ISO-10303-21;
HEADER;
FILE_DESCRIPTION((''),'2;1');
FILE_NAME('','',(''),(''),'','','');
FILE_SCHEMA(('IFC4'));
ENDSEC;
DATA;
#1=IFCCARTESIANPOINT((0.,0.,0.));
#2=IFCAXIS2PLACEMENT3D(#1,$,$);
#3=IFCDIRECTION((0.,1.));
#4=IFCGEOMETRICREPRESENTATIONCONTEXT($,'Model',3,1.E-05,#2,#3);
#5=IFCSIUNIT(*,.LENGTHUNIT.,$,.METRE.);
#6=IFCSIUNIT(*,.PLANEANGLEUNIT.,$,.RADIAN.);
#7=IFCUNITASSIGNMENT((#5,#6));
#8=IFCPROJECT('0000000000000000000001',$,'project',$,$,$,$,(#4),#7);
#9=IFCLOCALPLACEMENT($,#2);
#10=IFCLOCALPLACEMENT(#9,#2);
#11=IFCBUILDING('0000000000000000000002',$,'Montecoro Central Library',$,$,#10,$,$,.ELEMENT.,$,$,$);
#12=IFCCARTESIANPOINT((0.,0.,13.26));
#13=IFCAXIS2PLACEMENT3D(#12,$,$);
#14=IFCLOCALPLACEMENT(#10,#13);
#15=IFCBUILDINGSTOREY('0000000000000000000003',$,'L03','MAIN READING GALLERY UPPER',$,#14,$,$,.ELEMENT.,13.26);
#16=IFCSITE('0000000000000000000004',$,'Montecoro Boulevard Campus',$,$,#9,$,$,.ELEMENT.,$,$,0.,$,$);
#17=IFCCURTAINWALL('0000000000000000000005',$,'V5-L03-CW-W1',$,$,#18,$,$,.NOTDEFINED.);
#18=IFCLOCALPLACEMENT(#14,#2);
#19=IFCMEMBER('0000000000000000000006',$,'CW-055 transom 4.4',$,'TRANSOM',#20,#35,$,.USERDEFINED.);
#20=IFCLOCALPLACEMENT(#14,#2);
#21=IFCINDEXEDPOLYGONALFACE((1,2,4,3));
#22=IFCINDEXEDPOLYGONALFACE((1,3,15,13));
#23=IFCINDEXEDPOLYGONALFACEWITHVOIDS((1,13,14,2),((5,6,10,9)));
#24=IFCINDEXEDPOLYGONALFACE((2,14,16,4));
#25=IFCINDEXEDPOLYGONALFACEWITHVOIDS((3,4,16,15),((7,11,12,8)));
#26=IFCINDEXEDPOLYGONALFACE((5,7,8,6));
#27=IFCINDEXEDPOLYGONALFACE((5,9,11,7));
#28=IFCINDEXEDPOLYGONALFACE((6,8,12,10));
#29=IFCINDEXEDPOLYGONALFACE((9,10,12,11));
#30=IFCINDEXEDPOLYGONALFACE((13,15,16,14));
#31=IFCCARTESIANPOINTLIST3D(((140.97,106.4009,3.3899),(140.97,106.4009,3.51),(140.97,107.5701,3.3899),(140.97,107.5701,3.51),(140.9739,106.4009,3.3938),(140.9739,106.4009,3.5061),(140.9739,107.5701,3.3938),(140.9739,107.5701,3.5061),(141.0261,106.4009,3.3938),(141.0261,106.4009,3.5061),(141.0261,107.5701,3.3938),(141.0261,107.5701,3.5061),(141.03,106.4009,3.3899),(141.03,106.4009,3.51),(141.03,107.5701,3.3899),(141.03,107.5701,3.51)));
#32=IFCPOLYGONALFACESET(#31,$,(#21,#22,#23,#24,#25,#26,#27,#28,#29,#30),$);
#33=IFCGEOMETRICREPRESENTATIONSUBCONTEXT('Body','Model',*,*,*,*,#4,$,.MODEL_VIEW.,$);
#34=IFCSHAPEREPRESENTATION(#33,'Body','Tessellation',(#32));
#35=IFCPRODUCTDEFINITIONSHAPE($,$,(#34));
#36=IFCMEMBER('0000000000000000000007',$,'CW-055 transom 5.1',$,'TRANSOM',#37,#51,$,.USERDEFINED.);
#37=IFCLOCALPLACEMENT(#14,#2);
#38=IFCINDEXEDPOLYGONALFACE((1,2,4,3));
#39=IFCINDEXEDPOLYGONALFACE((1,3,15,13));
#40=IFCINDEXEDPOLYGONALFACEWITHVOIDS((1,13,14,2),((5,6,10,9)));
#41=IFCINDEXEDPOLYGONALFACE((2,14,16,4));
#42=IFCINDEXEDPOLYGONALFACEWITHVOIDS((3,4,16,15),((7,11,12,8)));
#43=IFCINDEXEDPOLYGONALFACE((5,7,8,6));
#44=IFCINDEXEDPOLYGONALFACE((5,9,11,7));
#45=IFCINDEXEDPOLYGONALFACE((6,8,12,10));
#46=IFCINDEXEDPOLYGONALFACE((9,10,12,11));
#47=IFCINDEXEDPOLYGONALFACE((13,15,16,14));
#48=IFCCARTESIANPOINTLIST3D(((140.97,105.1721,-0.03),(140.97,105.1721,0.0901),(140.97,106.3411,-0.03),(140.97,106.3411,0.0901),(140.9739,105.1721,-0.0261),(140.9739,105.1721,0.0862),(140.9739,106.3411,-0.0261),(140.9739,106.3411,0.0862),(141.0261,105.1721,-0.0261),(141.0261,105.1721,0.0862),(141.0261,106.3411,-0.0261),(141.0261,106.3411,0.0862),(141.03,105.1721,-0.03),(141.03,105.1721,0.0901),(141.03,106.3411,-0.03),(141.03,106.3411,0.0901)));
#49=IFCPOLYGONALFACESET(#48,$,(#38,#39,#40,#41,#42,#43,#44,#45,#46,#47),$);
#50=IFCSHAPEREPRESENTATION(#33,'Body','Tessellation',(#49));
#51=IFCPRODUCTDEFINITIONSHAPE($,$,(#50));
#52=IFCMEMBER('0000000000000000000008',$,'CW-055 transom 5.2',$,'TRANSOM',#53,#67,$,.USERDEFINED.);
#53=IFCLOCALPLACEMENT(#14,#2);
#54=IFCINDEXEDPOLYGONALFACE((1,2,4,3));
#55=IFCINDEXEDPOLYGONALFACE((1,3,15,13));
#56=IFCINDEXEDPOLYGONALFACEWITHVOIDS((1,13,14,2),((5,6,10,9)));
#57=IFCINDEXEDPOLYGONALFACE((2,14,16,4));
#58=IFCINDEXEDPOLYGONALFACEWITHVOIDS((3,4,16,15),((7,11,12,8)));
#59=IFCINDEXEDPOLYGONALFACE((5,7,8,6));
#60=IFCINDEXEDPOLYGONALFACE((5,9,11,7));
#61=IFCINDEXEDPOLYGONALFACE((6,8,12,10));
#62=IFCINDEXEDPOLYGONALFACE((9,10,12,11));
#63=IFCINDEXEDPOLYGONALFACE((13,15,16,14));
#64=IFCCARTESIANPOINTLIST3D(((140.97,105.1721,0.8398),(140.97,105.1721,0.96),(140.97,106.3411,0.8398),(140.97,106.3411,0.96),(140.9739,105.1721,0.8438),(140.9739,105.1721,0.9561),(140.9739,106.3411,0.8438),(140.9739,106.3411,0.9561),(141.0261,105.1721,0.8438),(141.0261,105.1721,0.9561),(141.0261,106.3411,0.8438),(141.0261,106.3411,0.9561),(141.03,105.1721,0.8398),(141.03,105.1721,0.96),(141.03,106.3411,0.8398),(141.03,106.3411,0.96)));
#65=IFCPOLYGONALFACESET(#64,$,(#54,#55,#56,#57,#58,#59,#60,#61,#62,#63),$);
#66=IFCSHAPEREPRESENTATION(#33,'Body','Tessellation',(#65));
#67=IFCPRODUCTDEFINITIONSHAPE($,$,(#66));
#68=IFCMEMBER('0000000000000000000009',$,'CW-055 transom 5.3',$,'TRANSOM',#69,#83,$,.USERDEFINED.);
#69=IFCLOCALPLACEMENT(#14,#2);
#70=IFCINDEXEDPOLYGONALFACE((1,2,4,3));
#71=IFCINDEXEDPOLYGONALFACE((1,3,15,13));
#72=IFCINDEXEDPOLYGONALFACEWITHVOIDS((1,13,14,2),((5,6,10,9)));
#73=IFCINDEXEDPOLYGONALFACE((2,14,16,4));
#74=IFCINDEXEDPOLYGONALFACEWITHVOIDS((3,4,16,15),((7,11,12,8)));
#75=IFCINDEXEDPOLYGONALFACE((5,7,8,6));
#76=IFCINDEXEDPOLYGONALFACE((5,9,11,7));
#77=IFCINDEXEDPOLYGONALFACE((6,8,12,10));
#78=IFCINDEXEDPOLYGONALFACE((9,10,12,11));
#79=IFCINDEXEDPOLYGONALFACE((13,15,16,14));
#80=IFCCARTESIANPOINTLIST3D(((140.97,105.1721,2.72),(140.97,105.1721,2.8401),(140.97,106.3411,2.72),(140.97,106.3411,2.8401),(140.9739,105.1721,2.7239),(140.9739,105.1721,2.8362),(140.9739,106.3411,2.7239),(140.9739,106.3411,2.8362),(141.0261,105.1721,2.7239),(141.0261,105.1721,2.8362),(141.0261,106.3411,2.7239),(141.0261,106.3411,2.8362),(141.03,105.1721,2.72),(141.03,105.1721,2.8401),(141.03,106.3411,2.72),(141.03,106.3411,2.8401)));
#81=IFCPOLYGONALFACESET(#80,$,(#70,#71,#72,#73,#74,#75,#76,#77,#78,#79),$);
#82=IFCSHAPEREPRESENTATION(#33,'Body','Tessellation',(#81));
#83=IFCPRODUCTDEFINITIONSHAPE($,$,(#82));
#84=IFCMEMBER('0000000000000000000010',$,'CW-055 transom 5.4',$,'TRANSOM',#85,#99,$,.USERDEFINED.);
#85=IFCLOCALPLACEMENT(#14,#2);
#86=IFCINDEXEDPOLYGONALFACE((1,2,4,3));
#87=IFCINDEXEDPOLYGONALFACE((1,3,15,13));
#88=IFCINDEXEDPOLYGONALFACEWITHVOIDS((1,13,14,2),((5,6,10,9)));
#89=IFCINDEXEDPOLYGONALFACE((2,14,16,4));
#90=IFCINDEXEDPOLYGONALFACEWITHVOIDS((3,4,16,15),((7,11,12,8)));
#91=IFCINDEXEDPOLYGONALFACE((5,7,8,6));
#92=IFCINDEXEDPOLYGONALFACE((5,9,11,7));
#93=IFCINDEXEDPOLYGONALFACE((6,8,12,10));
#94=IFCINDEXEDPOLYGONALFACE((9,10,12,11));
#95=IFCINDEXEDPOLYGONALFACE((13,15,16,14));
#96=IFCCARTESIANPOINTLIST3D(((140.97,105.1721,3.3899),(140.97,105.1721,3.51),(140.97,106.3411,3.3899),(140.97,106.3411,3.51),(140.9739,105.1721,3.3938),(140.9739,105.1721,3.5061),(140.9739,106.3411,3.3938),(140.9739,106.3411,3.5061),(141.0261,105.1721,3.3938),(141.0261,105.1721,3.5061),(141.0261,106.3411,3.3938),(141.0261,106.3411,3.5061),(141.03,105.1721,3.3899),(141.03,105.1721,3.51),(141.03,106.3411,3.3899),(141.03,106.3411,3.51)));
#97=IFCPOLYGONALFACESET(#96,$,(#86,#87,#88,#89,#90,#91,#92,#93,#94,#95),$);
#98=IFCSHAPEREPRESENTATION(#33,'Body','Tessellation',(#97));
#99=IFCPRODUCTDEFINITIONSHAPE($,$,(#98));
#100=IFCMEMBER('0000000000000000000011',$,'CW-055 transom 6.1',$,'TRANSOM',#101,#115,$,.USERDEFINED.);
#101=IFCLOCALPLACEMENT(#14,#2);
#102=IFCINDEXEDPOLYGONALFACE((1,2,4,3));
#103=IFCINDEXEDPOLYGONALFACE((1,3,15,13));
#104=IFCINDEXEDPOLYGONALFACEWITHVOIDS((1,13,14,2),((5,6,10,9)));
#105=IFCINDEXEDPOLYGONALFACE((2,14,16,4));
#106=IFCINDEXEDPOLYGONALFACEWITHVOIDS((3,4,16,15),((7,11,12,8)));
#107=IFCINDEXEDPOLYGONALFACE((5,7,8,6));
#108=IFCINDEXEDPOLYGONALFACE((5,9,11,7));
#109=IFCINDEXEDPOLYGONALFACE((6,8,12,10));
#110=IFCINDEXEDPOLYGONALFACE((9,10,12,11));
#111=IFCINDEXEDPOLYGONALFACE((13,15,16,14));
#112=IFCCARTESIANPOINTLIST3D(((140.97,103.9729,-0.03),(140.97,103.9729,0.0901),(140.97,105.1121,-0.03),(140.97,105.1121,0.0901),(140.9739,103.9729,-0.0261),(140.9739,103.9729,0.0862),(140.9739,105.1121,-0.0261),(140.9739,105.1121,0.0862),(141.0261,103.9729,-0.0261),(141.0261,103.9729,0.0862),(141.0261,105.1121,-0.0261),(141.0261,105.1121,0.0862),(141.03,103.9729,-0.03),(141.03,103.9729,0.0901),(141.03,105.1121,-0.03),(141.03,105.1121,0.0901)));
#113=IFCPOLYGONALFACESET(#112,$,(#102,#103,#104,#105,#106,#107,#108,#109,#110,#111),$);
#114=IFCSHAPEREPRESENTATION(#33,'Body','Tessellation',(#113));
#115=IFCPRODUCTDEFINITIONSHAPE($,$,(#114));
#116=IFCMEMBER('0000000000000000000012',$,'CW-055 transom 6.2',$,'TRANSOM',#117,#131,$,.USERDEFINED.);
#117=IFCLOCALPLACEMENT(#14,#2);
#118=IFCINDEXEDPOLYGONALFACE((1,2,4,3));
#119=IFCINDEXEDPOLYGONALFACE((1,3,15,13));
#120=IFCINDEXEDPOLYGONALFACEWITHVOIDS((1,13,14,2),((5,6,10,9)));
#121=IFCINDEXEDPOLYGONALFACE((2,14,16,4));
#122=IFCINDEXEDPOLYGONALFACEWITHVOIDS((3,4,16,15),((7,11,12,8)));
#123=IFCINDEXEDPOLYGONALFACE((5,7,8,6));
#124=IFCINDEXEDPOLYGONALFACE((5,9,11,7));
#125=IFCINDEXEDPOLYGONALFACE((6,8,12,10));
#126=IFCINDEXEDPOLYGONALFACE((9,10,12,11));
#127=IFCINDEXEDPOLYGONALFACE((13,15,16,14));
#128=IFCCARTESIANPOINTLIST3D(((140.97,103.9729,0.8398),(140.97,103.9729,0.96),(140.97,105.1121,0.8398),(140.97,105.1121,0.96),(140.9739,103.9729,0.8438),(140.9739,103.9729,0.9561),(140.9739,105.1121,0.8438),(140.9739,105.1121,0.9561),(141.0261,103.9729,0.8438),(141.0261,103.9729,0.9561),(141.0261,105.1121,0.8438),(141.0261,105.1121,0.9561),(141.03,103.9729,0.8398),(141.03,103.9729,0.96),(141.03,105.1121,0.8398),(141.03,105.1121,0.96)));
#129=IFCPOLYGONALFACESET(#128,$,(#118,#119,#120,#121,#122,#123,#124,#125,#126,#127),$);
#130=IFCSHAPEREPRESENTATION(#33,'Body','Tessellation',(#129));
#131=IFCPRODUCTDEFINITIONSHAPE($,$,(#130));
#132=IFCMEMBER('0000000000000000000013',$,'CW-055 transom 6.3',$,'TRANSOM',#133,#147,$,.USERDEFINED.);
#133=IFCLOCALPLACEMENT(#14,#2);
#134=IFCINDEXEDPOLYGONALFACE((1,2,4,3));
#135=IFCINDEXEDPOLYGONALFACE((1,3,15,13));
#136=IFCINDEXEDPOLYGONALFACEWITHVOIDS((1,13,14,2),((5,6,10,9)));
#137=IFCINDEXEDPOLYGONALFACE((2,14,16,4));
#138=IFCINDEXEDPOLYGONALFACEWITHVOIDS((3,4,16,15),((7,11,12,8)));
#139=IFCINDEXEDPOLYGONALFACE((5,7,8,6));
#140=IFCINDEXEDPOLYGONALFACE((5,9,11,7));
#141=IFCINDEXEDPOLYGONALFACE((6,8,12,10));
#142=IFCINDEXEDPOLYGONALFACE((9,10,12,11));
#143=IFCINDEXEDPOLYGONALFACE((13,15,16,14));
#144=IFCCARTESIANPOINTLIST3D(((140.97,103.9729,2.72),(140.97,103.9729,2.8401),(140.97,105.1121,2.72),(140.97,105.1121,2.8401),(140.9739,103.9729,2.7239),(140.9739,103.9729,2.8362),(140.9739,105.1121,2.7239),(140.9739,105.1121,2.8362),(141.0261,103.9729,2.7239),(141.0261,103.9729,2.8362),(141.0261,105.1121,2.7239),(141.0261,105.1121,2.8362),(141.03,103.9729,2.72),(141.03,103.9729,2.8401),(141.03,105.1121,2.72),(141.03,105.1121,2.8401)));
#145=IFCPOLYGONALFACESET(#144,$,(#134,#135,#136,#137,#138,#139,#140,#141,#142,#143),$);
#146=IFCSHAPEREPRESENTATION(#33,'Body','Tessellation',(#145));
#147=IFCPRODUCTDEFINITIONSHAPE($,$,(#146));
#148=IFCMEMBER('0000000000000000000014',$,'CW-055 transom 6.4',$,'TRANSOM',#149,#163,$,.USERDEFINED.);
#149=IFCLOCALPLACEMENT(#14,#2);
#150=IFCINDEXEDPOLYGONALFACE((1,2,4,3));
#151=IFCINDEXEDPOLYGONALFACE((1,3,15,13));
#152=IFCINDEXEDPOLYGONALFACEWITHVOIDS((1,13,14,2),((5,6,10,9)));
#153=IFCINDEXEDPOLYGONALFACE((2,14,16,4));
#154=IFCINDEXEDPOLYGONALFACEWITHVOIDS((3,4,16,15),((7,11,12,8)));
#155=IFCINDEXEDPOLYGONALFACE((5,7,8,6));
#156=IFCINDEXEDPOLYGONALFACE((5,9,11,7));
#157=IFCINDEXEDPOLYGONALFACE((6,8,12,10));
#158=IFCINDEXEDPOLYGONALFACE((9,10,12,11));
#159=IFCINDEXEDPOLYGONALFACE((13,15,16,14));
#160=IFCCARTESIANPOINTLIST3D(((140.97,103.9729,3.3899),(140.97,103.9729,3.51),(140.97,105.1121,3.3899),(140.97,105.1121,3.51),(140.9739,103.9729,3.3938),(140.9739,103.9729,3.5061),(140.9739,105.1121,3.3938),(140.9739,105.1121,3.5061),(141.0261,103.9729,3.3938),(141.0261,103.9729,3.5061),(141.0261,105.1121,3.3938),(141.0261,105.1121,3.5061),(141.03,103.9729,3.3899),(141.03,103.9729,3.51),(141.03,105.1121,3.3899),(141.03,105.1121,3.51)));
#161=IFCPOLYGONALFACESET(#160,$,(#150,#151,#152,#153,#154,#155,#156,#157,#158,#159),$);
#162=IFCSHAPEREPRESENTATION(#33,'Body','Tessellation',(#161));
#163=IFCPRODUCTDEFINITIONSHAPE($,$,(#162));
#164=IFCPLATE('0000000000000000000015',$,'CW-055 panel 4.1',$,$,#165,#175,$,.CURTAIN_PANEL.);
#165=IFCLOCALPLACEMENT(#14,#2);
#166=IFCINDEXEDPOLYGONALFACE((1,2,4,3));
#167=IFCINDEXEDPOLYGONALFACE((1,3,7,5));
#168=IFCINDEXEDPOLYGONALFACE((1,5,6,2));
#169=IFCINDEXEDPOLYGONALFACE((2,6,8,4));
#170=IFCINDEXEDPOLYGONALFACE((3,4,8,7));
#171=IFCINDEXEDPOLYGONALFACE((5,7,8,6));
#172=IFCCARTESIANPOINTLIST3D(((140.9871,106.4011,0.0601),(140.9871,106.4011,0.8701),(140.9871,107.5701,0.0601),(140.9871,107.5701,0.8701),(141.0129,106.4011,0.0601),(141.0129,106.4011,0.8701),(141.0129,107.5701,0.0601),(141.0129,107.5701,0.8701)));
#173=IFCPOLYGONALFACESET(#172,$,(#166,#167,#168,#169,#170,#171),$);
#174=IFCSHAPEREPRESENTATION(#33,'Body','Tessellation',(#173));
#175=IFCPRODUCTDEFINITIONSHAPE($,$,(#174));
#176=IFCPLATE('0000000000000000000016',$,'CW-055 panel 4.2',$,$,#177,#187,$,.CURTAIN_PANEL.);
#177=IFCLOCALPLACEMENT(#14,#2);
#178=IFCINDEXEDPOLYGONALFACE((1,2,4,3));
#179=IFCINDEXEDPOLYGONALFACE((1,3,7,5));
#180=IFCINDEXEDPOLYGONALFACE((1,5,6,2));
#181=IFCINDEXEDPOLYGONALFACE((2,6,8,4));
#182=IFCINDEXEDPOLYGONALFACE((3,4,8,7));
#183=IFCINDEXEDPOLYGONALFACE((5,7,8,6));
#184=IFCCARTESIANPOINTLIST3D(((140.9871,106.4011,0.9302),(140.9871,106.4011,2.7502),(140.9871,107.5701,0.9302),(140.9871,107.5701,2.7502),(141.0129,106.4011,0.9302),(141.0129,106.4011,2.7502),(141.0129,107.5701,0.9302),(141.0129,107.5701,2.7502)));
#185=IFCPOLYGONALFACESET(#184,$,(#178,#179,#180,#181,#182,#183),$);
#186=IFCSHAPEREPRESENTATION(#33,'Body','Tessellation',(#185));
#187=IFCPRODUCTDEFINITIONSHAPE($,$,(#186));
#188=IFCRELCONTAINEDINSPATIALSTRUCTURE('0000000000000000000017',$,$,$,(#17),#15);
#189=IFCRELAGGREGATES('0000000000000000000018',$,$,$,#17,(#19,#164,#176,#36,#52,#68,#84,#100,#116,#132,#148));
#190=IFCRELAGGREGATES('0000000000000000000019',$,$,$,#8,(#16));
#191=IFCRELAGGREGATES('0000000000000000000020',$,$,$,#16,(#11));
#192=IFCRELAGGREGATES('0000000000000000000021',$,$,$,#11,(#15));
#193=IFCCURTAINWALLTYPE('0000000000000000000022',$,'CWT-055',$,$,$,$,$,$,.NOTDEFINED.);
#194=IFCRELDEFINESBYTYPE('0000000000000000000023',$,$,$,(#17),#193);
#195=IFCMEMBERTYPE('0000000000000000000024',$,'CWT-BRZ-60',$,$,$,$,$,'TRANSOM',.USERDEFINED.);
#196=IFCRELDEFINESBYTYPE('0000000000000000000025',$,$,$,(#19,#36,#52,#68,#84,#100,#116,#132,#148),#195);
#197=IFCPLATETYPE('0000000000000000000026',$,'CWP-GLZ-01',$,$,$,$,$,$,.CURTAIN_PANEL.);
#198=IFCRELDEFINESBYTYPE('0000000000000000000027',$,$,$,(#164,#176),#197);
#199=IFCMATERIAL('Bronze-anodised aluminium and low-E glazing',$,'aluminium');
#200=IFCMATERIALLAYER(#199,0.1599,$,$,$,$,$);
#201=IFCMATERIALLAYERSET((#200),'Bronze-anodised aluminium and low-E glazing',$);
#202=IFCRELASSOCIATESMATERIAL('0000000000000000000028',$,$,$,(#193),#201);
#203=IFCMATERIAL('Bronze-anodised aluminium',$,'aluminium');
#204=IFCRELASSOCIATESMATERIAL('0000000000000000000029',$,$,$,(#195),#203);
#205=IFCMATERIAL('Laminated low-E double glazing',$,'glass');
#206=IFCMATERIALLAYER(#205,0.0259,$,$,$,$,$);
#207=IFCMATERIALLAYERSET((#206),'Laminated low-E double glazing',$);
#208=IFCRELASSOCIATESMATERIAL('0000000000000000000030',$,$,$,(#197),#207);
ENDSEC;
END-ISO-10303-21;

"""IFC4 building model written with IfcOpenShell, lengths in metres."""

from ifc_helpers import new_model, si_unit, direction, frame, origin, origin_2d, place, context, subcontext, project, spatial, rectangle, hollow_rectangle, extrude, material, layer, layer_set, material_profile, profile_set, type_object, element, aggregate, save


model = new_model("IFC4")

# Units and contexts
model_context = context("Model", 3, precision=1e-05, world=origin(), true_north=direction((0.0, 1.0)))
body_context = subcontext(model_context, "Body", "Model", "MODEL_VIEW")
ifc_project = project(units=[si_unit("LENGTHUNIT", "METRE"), si_unit("PLANEANGLEUNIT", "RADIAN")], contexts=[model_context])

# Site, building, storey
site_placement = place(None, origin())
site = spatial("IfcSite", under=ifc_project, at=site_placement, Name="Montecoro Boulevard Campus", CompositionType="ELEMENT", RefElevation=0.0)
building_placement = place(site_placement, origin())
building = spatial("IfcBuilding", under=site, at=building_placement, Name="Montecoro Central Library", CompositionType="ELEMENT")
storey_placement = place(building_placement, frame((0.0, 0.0, 13.26)))
storey = spatial("IfcBuildingStorey", under=building, at=storey_placement, Name="L03", Description="MAIN READING GALLERY UPPER", CompositionType="ELEMENT", Elevation=13.26)

# Curtain wall, members, plates
ifc_material_1 = material(Name="Bronze-anodised aluminium and low-E glazing", Category="aluminium")
ifc_layer_1 = layer(ifc_material_1, 0.1599)
ifc_layer_set_1 = layer_set([ifc_layer_1], Name="Bronze-anodised aluminium and low-E glazing")
curtain_wall_type = type_object("IfcCurtainWallType", Name="CWT-055", PredefinedType="NOTDEFINED", material=ifc_layer_set_1)
curtain_wall_placement = place(storey_placement, origin())
curtain_wall = element("IfcCurtainWall", 1, at=curtain_wall_placement, inside=storey, type_object=curtain_wall_type, Name="V5-L03-CW-W1", PredefinedType="NOTDEFINED")
ifc_material_2 = material(Name="Bronze-anodised aluminium", Category="aluminium")
ifc_material_profile_1 = material_profile(ifc_material_2, hollow_rectangle(XDim=0.0601, YDim=0.1201, WallThickness=0.0039, at=origin_2d()), Name="CWT 120x60x4.0")
ifc_profile_set_1 = profile_set([ifc_material_profile_1], Name="Bronze-anodised aluminium")
member_type_1 = type_object("IfcMemberType", Name="CWT-BRZ-60", ElementType="TRANSOM", PredefinedType="USERDEFINED", material=ifc_profile_set_1)
member_1_placement = place(storey_placement, frame((141.0, 107.5701, 3.45), z_axis=(0.0, -1.0, 0.0), x_axis=(1.0, 0.0, 0.0)))
member_1 = element("IfcMember", 2, at=member_1_placement, type_object=member_type_1, Name="CW-055 transom 4.4", ObjectType="TRANSOM", PredefinedType="USERDEFINED", context=body_context, shape_type="SweptSolid", body=[
    extrude(hollow_rectangle(XDim=0.0601, YDim=0.1201, WallThickness=0.0039, at=origin_2d()), origin(), (0.0, 0.0, 1.0), 1.1692),
])
member_2_placement = place(storey_placement, frame((141.0, 106.3411, 0.03), z_axis=(0.0, -1.0, 0.0), x_axis=(1.0, 0.0, 0.0)))
member_2 = element("IfcMember", 3, at=member_2_placement, type_object=member_type_1, Name="CW-055 transom 5.1", ObjectType="TRANSOM", PredefinedType="USERDEFINED", context=body_context, shape_type="SweptSolid", body=[
    extrude(hollow_rectangle(XDim=0.0601, YDim=0.1201, WallThickness=0.0039, at=origin_2d()), origin(), (0.0, 0.0, 1.0), 1.1689),
])
member_3_placement = place(storey_placement, frame((141.0, 106.3411, 0.8999), z_axis=(0.0, -1.0, 0.0), x_axis=(1.0, 0.0, 0.0)))
member_3 = element("IfcMember", 4, at=member_3_placement, type_object=member_type_1, Name="CW-055 transom 5.2", ObjectType="TRANSOM", PredefinedType="USERDEFINED", context=body_context, shape_type="SweptSolid", body=[
    extrude(hollow_rectangle(XDim=0.0601, YDim=0.1201, WallThickness=0.0039, at=origin_2d()), origin(), (0.0, 0.0, 1.0), 1.1689),
])
member_4_placement = place(storey_placement, frame((141.0, 106.3411, 2.78), z_axis=(0.0, -1.0, 0.0), x_axis=(1.0, 0.0, 0.0)))
member_4 = element("IfcMember", 5, at=member_4_placement, type_object=member_type_1, Name="CW-055 transom 5.3", ObjectType="TRANSOM", PredefinedType="USERDEFINED", context=body_context, shape_type="SweptSolid", body=[
    extrude(hollow_rectangle(XDim=0.0601, YDim=0.1201, WallThickness=0.0039, at=origin_2d()), origin(), (0.0, 0.0, 1.0), 1.1689),
])
member_5_placement = place(storey_placement, frame((141.0, 106.3411, 3.45), z_axis=(0.0, -1.0, 0.0), x_axis=(1.0, 0.0, 0.0)))
member_5 = element("IfcMember", 6, at=member_5_placement, type_object=member_type_1, Name="CW-055 transom 5.4", ObjectType="TRANSOM", PredefinedType="USERDEFINED", context=body_context, shape_type="SweptSolid", body=[
    extrude(hollow_rectangle(XDim=0.0601, YDim=0.1201, WallThickness=0.0039, at=origin_2d()), origin(), (0.0, 0.0, 1.0), 1.1689),
])
member_6_placement = place(storey_placement, frame((141.0, 105.1121, 0.03), z_axis=(0.0, -1.0, 0.0), x_axis=(1.0, 0.0, 0.0)))
member_6 = element("IfcMember", 7, at=member_6_placement, type_object=member_type_1, Name="CW-055 transom 6.1", ObjectType="TRANSOM", PredefinedType="USERDEFINED", context=body_context, shape_type="SweptSolid", body=[
    extrude(hollow_rectangle(XDim=0.0601, YDim=0.1201, WallThickness=0.0039, at=origin_2d()), origin(), (0.0, 0.0, 1.0), 1.1392),
])
member_7_placement = place(storey_placement, frame((141.0, 105.1121, 0.8999), z_axis=(0.0, -1.0, 0.0), x_axis=(1.0, 0.0, 0.0)))
member_7 = element("IfcMember", 8, at=member_7_placement, type_object=member_type_1, Name="CW-055 transom 6.2", ObjectType="TRANSOM", PredefinedType="USERDEFINED", context=body_context, shape_type="SweptSolid", body=[
    extrude(hollow_rectangle(XDim=0.0601, YDim=0.1201, WallThickness=0.0039, at=origin_2d()), origin(), (0.0, 0.0, 1.0), 1.1392),
])
member_8_placement = place(storey_placement, frame((141.0, 105.1121, 2.78), z_axis=(0.0, -1.0, 0.0), x_axis=(1.0, 0.0, 0.0)))
member_8 = element("IfcMember", 9, at=member_8_placement, type_object=member_type_1, Name="CW-055 transom 6.3", ObjectType="TRANSOM", PredefinedType="USERDEFINED", context=body_context, shape_type="SweptSolid", body=[
    extrude(hollow_rectangle(XDim=0.0601, YDim=0.1201, WallThickness=0.0039, at=origin_2d()), origin(), (0.0, 0.0, 1.0), 1.1392),
])
member_9_placement = place(storey_placement, frame((141.0, 105.1121, 3.45), z_axis=(0.0, -1.0, 0.0), x_axis=(1.0, 0.0, 0.0)))
member_9 = element("IfcMember", 10, at=member_9_placement, type_object=member_type_1, Name="CW-055 transom 6.4", ObjectType="TRANSOM", PredefinedType="USERDEFINED", context=body_context, shape_type="SweptSolid", body=[
    extrude(hollow_rectangle(XDim=0.0601, YDim=0.1201, WallThickness=0.0039, at=origin_2d()), origin(), (0.0, 0.0, 1.0), 1.1392),
])
ifc_material_3 = material(Name="Laminated low-E double glazing", Category="glass")
ifc_layer_2 = layer(ifc_material_3, 0.0259)
ifc_layer_set_2 = layer_set([ifc_layer_2], Name="Laminated low-E double glazing")
plate_type_1 = type_object("IfcPlateType", Name="CWP-GLZ-01", PredefinedType="CURTAIN_PANEL", material=ifc_layer_set_2)
plate_1_placement = place(storey_placement, frame((141.0, 106.9856, 0.0601), z_axis=(0.0, 0.0, 1.0), x_axis=(0.0, -1.0, 0.0)))
plate_1 = element("IfcPlate", 11, at=plate_1_placement, type_object=plate_type_1, Name="CW-055 panel 4.1", PredefinedType="CURTAIN_PANEL", context=body_context, shape_type="SweptSolid", body=[
    extrude(rectangle(XDim=1.1689, YDim=0.0259, at=origin_2d()), origin(), (0.0, 0.0, 1.0), 0.8101),
])
plate_2_placement = place(storey_placement, frame((141.0, 106.9856, 0.9302), z_axis=(0.0, 0.0, 1.0), x_axis=(0.0, -1.0, 0.0)))
plate_2 = element("IfcPlate", 12, at=plate_2_placement, type_object=plate_type_1, Name="CW-055 panel 4.2", PredefinedType="CURTAIN_PANEL", context=body_context, shape_type="SweptSolid", body=[
    extrude(rectangle(XDim=1.1689, YDim=0.0259, at=origin_2d()), origin(), (0.0, 0.0, 1.0), 1.8201),
])
aggregate(curtain_wall, [member_1, plate_1, plate_2, member_2, member_3, member_4, member_5, member_6, member_7, member_8, member_9])

save(model, "model.ifc")
